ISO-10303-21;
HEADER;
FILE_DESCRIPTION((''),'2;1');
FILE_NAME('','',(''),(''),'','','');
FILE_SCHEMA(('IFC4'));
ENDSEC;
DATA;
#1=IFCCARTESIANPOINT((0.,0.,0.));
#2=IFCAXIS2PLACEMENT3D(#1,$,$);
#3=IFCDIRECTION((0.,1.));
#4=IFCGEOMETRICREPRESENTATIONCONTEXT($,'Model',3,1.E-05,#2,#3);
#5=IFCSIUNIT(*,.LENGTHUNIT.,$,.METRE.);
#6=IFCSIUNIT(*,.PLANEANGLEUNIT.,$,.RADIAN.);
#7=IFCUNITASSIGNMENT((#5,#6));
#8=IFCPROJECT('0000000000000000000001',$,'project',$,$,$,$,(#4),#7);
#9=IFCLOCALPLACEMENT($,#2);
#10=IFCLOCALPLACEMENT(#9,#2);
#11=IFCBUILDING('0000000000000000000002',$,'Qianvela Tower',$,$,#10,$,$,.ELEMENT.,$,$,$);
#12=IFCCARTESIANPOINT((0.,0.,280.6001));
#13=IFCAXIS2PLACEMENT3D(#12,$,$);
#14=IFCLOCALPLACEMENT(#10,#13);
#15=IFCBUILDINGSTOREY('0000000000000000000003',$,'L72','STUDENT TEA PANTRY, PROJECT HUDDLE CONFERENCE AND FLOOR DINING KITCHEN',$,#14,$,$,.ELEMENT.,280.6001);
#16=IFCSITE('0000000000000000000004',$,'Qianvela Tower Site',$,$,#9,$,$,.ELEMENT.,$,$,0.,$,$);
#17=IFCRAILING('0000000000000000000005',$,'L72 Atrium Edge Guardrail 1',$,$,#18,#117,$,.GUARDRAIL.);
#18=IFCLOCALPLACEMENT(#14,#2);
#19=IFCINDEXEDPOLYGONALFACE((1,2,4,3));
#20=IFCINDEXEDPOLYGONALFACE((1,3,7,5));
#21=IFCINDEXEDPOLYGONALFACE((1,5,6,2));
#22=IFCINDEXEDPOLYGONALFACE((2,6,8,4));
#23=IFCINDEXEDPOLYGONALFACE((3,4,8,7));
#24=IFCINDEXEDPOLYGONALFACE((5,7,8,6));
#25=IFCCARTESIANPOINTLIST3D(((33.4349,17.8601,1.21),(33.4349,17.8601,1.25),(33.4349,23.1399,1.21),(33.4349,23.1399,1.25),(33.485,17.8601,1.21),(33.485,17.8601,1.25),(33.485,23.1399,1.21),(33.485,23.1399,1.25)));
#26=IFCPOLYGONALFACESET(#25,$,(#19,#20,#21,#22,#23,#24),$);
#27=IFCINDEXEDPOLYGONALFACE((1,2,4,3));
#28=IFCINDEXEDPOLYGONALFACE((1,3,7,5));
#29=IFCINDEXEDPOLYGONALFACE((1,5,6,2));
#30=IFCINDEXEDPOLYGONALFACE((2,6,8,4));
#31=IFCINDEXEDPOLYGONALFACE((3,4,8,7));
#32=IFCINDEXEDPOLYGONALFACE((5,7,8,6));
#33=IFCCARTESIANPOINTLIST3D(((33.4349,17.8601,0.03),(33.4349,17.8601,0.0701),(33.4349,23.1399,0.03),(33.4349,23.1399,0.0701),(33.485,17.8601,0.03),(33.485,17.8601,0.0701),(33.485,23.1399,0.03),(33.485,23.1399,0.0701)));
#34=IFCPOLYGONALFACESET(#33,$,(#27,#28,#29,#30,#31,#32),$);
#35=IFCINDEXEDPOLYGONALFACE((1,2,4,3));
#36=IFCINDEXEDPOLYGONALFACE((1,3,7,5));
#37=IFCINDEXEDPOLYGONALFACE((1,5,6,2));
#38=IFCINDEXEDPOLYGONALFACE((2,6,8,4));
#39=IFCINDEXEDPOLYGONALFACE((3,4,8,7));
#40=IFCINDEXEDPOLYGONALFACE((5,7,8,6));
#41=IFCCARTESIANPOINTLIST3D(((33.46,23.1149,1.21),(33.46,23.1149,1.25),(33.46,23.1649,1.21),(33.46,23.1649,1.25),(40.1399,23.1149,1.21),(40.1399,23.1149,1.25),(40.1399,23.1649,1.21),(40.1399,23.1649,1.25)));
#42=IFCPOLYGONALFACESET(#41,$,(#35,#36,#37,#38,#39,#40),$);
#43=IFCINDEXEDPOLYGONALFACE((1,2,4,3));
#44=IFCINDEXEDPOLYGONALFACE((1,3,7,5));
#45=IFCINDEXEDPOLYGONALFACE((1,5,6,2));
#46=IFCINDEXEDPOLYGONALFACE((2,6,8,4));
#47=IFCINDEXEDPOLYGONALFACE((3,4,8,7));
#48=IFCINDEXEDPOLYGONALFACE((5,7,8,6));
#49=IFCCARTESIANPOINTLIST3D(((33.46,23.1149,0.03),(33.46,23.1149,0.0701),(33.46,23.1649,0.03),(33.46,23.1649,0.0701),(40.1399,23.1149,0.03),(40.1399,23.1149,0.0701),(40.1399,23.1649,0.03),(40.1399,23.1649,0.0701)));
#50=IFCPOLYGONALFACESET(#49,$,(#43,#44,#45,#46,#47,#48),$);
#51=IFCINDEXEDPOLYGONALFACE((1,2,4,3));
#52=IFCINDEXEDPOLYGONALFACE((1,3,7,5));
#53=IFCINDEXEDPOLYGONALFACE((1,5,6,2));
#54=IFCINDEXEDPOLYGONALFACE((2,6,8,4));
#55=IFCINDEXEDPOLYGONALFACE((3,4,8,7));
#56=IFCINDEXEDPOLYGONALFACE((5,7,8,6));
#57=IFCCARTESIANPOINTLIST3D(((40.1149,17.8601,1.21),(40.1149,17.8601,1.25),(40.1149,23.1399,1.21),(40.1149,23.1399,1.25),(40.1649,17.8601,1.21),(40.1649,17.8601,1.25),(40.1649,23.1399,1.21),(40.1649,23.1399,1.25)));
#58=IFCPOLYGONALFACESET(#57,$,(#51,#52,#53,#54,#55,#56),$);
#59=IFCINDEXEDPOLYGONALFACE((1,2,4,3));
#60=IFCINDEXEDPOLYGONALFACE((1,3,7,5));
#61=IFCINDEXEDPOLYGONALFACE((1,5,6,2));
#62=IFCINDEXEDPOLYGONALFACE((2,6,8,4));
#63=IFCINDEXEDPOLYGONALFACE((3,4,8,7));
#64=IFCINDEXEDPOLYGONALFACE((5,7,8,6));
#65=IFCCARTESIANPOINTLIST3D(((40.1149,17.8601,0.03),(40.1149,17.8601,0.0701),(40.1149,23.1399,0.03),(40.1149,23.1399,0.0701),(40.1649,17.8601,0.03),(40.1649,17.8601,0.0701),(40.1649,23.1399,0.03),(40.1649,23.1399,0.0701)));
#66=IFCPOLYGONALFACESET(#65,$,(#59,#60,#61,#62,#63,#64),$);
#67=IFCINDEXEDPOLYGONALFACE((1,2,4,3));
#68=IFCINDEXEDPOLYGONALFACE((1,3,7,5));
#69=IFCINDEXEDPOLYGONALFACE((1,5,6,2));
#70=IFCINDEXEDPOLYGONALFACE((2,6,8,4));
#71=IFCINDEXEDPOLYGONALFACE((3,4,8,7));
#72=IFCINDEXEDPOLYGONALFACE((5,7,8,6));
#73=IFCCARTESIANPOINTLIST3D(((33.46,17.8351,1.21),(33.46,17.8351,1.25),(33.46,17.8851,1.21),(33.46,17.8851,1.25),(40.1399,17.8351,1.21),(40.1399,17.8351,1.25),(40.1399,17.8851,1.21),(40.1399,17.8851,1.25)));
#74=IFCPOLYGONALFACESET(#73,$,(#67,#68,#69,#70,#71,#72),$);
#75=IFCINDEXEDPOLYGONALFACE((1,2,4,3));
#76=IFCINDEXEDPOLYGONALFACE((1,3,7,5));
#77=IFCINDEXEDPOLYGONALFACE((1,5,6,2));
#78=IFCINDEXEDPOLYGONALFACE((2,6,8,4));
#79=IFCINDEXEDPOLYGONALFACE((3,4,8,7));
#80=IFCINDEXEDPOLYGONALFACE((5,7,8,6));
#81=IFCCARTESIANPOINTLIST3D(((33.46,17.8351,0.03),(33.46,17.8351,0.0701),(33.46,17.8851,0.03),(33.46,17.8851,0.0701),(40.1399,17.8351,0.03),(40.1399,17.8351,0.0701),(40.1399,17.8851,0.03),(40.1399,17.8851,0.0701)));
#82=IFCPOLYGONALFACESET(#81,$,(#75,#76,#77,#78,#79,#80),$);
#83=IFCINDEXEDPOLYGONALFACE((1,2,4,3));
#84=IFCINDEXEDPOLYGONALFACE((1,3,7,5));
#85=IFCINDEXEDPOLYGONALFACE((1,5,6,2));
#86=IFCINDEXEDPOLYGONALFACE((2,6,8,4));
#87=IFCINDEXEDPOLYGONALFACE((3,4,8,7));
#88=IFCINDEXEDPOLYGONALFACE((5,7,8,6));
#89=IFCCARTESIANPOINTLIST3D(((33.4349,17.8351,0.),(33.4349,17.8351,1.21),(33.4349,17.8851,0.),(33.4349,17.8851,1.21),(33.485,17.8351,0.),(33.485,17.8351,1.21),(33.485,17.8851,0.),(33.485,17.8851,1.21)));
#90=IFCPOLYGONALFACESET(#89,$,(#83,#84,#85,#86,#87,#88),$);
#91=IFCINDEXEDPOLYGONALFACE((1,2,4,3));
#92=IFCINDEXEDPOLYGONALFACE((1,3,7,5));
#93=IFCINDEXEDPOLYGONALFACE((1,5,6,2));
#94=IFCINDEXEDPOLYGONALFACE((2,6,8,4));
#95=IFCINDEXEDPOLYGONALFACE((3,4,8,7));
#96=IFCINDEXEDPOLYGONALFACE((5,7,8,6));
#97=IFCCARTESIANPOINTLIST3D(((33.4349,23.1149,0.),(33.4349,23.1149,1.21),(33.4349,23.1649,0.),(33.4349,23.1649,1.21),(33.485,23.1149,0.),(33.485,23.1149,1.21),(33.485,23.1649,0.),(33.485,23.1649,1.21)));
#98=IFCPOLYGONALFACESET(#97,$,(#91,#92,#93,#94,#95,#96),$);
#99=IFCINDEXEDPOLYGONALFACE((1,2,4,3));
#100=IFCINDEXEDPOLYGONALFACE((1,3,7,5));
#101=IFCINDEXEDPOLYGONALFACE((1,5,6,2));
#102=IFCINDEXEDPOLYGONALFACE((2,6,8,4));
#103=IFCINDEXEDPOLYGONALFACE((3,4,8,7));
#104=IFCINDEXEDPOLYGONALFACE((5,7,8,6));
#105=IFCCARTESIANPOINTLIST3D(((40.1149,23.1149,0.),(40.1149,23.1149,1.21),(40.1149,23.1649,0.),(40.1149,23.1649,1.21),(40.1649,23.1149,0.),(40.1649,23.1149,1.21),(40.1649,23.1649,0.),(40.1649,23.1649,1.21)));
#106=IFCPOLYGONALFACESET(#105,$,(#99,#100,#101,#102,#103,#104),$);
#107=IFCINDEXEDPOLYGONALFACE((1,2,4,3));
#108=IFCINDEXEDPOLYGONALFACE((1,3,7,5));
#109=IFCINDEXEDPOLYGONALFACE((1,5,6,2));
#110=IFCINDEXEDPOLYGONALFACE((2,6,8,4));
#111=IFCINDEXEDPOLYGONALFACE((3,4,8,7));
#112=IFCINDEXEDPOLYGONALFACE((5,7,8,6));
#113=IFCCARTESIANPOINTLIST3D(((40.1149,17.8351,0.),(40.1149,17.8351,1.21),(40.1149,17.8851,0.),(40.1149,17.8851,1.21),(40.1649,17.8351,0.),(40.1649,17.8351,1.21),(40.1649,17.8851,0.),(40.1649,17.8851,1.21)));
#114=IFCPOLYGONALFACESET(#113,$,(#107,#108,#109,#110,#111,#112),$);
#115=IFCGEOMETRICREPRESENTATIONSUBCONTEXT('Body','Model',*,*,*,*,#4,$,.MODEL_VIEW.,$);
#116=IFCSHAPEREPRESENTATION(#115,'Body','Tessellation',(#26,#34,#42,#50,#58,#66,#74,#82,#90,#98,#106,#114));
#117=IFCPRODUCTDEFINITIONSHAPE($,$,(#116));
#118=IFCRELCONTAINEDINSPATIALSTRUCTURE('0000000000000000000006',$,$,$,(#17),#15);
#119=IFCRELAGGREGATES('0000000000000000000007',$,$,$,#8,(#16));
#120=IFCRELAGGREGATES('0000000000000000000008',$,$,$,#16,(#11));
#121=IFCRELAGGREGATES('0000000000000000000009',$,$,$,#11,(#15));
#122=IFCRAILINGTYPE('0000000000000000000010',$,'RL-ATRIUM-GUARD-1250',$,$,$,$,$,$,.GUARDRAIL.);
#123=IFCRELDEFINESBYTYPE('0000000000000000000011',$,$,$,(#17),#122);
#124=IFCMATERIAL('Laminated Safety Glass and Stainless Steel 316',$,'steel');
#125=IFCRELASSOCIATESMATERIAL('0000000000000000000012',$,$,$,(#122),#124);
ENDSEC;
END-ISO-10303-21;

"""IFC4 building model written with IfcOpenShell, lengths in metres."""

from ifc_helpers import new_model, si_unit, direction, frame, origin, origin_2d, place, context, subcontext, project, spatial, rectangle, extrude, material, type_object, element, save


model = new_model("IFC4")

# Units and contexts
model_context = context("Model", 3, precision=1e-05, world=origin(), true_north=direction((0.0, 1.0)))
body_context = subcontext(model_context, "Body", "Model", "MODEL_VIEW")
ifc_project = project(units=[si_unit("LENGTHUNIT", "METRE"), si_unit("PLANEANGLEUNIT", "RADIAN")], contexts=[model_context])

# Site, building, storey
site_placement = place(None, origin())
site = spatial("IfcSite", under=ifc_project, at=site_placement, Name="Qianvela Tower Site", CompositionType="ELEMENT", RefElevation=0.0)
building_placement = place(site_placement, origin())
building = spatial("IfcBuilding", under=site, at=building_placement, Name="Qianvela Tower", CompositionType="ELEMENT")
storey_placement = place(building_placement, frame((0.0, 0.0, 280.6001)))
storey = spatial("IfcBuildingStorey", under=building, at=storey_placement, Name="L72", Description="STUDENT TEA PANTRY, PROJECT HUDDLE CONFERENCE AND FLOOR DINING KITCHEN", CompositionType="ELEMENT", Elevation=280.6001)

# Railing
ifc_material_1 = material(Name="Laminated Safety Glass and Stainless Steel 316", Category="steel")
railing_type = type_object("IfcRailingType", Name="RL-ATRIUM-GUARD-1250", PredefinedType="GUARDRAIL", material=ifc_material_1)
railing_placement = place(storey_placement, frame((33.46, 17.8601, 0.0)))
element("IfcRailing", 1, at=railing_placement, inside=storey, type_object=railing_type, Name="L72 Atrium Edge Guardrail 1", PredefinedType="GUARDRAIL", context=body_context, shape_type="SweptSolid", body=[
    extrude(rectangle(XDim=0.05, YDim=0.04, at=origin_2d()), frame((0.0, 0.0, 1.23), z_axis=(0.0, 1.0, 0.0), x_axis=(-1.0, 0.0, 0.0)), (0.0, 0.0, 1.0), 5.2798),
    extrude(rectangle(XDim=0.05, YDim=0.04, at=origin_2d()), frame((0.0, 0.0, 0.05), z_axis=(0.0, 1.0, 0.0), x_axis=(-1.0, 0.0, 0.0)), (0.0, 0.0, 1.0), 5.2798),
    extrude(rectangle(XDim=0.05, YDim=0.04, at=origin_2d()), frame((0.0, 5.2798, 1.23), z_axis=(1.0, 0.0, 0.0), x_axis=(0.0, 1.0, 0.0)), (0.0, 0.0, 1.0), 6.6799),
    extrude(rectangle(XDim=0.05, YDim=0.04, at=origin_2d()), frame((0.0, 5.2798, 0.05), z_axis=(1.0, 0.0, 0.0), x_axis=(0.0, 1.0, 0.0)), (0.0, 0.0, 1.0), 6.6799),
    extrude(rectangle(XDim=0.05, YDim=0.04, at=origin_2d()), frame((6.6799, 5.2798, 1.23), z_axis=(0.0, -1.0, 0.0), x_axis=(1.0, 0.0, 0.0)), (0.0, 0.0, 1.0), 5.2798),
    extrude(rectangle(XDim=0.05, YDim=0.04, at=origin_2d()), frame((6.6799, 5.2798, 0.05), z_axis=(0.0, -1.0, 0.0), x_axis=(1.0, 0.0, 0.0)), (0.0, 0.0, 1.0), 5.2798),
    extrude(rectangle(XDim=0.05, YDim=0.04, at=origin_2d()), frame((6.6799, 0.0, 1.23), z_axis=(-1.0, 0.0, 0.0), x_axis=(0.0, -1.0, 0.0)), (0.0, 0.0, 1.0), 6.6799),
    extrude(rectangle(XDim=0.05, YDim=0.04, at=origin_2d()), frame((6.6799, 0.0, 0.05), z_axis=(-1.0, 0.0, 0.0), x_axis=(0.0, -1.0, 0.0)), (0.0, 0.0, 1.0), 6.6799),
    extrude(rectangle(XDim=0.05, YDim=0.05, at=origin_2d()), origin(), (0.0, 0.0, 1.0), 1.21),
    extrude(rectangle(XDim=0.05, YDim=0.05, at=origin_2d()), frame((0.0, 5.2798, 0.0)), (0.0, 0.0, 1.0), 1.21),
    extrude(rectangle(XDim=0.05, YDim=0.05, at=origin_2d()), frame((6.6799, 5.2798, 0.0)), (0.0, 0.0, 1.0), 1.21),
    extrude(rectangle(XDim=0.05, YDim=0.05, at=origin_2d()), frame((6.6799, 0.0, 0.0)), (0.0, 0.0, 1.0), 1.21),
])

save(model, "model.ifc")
